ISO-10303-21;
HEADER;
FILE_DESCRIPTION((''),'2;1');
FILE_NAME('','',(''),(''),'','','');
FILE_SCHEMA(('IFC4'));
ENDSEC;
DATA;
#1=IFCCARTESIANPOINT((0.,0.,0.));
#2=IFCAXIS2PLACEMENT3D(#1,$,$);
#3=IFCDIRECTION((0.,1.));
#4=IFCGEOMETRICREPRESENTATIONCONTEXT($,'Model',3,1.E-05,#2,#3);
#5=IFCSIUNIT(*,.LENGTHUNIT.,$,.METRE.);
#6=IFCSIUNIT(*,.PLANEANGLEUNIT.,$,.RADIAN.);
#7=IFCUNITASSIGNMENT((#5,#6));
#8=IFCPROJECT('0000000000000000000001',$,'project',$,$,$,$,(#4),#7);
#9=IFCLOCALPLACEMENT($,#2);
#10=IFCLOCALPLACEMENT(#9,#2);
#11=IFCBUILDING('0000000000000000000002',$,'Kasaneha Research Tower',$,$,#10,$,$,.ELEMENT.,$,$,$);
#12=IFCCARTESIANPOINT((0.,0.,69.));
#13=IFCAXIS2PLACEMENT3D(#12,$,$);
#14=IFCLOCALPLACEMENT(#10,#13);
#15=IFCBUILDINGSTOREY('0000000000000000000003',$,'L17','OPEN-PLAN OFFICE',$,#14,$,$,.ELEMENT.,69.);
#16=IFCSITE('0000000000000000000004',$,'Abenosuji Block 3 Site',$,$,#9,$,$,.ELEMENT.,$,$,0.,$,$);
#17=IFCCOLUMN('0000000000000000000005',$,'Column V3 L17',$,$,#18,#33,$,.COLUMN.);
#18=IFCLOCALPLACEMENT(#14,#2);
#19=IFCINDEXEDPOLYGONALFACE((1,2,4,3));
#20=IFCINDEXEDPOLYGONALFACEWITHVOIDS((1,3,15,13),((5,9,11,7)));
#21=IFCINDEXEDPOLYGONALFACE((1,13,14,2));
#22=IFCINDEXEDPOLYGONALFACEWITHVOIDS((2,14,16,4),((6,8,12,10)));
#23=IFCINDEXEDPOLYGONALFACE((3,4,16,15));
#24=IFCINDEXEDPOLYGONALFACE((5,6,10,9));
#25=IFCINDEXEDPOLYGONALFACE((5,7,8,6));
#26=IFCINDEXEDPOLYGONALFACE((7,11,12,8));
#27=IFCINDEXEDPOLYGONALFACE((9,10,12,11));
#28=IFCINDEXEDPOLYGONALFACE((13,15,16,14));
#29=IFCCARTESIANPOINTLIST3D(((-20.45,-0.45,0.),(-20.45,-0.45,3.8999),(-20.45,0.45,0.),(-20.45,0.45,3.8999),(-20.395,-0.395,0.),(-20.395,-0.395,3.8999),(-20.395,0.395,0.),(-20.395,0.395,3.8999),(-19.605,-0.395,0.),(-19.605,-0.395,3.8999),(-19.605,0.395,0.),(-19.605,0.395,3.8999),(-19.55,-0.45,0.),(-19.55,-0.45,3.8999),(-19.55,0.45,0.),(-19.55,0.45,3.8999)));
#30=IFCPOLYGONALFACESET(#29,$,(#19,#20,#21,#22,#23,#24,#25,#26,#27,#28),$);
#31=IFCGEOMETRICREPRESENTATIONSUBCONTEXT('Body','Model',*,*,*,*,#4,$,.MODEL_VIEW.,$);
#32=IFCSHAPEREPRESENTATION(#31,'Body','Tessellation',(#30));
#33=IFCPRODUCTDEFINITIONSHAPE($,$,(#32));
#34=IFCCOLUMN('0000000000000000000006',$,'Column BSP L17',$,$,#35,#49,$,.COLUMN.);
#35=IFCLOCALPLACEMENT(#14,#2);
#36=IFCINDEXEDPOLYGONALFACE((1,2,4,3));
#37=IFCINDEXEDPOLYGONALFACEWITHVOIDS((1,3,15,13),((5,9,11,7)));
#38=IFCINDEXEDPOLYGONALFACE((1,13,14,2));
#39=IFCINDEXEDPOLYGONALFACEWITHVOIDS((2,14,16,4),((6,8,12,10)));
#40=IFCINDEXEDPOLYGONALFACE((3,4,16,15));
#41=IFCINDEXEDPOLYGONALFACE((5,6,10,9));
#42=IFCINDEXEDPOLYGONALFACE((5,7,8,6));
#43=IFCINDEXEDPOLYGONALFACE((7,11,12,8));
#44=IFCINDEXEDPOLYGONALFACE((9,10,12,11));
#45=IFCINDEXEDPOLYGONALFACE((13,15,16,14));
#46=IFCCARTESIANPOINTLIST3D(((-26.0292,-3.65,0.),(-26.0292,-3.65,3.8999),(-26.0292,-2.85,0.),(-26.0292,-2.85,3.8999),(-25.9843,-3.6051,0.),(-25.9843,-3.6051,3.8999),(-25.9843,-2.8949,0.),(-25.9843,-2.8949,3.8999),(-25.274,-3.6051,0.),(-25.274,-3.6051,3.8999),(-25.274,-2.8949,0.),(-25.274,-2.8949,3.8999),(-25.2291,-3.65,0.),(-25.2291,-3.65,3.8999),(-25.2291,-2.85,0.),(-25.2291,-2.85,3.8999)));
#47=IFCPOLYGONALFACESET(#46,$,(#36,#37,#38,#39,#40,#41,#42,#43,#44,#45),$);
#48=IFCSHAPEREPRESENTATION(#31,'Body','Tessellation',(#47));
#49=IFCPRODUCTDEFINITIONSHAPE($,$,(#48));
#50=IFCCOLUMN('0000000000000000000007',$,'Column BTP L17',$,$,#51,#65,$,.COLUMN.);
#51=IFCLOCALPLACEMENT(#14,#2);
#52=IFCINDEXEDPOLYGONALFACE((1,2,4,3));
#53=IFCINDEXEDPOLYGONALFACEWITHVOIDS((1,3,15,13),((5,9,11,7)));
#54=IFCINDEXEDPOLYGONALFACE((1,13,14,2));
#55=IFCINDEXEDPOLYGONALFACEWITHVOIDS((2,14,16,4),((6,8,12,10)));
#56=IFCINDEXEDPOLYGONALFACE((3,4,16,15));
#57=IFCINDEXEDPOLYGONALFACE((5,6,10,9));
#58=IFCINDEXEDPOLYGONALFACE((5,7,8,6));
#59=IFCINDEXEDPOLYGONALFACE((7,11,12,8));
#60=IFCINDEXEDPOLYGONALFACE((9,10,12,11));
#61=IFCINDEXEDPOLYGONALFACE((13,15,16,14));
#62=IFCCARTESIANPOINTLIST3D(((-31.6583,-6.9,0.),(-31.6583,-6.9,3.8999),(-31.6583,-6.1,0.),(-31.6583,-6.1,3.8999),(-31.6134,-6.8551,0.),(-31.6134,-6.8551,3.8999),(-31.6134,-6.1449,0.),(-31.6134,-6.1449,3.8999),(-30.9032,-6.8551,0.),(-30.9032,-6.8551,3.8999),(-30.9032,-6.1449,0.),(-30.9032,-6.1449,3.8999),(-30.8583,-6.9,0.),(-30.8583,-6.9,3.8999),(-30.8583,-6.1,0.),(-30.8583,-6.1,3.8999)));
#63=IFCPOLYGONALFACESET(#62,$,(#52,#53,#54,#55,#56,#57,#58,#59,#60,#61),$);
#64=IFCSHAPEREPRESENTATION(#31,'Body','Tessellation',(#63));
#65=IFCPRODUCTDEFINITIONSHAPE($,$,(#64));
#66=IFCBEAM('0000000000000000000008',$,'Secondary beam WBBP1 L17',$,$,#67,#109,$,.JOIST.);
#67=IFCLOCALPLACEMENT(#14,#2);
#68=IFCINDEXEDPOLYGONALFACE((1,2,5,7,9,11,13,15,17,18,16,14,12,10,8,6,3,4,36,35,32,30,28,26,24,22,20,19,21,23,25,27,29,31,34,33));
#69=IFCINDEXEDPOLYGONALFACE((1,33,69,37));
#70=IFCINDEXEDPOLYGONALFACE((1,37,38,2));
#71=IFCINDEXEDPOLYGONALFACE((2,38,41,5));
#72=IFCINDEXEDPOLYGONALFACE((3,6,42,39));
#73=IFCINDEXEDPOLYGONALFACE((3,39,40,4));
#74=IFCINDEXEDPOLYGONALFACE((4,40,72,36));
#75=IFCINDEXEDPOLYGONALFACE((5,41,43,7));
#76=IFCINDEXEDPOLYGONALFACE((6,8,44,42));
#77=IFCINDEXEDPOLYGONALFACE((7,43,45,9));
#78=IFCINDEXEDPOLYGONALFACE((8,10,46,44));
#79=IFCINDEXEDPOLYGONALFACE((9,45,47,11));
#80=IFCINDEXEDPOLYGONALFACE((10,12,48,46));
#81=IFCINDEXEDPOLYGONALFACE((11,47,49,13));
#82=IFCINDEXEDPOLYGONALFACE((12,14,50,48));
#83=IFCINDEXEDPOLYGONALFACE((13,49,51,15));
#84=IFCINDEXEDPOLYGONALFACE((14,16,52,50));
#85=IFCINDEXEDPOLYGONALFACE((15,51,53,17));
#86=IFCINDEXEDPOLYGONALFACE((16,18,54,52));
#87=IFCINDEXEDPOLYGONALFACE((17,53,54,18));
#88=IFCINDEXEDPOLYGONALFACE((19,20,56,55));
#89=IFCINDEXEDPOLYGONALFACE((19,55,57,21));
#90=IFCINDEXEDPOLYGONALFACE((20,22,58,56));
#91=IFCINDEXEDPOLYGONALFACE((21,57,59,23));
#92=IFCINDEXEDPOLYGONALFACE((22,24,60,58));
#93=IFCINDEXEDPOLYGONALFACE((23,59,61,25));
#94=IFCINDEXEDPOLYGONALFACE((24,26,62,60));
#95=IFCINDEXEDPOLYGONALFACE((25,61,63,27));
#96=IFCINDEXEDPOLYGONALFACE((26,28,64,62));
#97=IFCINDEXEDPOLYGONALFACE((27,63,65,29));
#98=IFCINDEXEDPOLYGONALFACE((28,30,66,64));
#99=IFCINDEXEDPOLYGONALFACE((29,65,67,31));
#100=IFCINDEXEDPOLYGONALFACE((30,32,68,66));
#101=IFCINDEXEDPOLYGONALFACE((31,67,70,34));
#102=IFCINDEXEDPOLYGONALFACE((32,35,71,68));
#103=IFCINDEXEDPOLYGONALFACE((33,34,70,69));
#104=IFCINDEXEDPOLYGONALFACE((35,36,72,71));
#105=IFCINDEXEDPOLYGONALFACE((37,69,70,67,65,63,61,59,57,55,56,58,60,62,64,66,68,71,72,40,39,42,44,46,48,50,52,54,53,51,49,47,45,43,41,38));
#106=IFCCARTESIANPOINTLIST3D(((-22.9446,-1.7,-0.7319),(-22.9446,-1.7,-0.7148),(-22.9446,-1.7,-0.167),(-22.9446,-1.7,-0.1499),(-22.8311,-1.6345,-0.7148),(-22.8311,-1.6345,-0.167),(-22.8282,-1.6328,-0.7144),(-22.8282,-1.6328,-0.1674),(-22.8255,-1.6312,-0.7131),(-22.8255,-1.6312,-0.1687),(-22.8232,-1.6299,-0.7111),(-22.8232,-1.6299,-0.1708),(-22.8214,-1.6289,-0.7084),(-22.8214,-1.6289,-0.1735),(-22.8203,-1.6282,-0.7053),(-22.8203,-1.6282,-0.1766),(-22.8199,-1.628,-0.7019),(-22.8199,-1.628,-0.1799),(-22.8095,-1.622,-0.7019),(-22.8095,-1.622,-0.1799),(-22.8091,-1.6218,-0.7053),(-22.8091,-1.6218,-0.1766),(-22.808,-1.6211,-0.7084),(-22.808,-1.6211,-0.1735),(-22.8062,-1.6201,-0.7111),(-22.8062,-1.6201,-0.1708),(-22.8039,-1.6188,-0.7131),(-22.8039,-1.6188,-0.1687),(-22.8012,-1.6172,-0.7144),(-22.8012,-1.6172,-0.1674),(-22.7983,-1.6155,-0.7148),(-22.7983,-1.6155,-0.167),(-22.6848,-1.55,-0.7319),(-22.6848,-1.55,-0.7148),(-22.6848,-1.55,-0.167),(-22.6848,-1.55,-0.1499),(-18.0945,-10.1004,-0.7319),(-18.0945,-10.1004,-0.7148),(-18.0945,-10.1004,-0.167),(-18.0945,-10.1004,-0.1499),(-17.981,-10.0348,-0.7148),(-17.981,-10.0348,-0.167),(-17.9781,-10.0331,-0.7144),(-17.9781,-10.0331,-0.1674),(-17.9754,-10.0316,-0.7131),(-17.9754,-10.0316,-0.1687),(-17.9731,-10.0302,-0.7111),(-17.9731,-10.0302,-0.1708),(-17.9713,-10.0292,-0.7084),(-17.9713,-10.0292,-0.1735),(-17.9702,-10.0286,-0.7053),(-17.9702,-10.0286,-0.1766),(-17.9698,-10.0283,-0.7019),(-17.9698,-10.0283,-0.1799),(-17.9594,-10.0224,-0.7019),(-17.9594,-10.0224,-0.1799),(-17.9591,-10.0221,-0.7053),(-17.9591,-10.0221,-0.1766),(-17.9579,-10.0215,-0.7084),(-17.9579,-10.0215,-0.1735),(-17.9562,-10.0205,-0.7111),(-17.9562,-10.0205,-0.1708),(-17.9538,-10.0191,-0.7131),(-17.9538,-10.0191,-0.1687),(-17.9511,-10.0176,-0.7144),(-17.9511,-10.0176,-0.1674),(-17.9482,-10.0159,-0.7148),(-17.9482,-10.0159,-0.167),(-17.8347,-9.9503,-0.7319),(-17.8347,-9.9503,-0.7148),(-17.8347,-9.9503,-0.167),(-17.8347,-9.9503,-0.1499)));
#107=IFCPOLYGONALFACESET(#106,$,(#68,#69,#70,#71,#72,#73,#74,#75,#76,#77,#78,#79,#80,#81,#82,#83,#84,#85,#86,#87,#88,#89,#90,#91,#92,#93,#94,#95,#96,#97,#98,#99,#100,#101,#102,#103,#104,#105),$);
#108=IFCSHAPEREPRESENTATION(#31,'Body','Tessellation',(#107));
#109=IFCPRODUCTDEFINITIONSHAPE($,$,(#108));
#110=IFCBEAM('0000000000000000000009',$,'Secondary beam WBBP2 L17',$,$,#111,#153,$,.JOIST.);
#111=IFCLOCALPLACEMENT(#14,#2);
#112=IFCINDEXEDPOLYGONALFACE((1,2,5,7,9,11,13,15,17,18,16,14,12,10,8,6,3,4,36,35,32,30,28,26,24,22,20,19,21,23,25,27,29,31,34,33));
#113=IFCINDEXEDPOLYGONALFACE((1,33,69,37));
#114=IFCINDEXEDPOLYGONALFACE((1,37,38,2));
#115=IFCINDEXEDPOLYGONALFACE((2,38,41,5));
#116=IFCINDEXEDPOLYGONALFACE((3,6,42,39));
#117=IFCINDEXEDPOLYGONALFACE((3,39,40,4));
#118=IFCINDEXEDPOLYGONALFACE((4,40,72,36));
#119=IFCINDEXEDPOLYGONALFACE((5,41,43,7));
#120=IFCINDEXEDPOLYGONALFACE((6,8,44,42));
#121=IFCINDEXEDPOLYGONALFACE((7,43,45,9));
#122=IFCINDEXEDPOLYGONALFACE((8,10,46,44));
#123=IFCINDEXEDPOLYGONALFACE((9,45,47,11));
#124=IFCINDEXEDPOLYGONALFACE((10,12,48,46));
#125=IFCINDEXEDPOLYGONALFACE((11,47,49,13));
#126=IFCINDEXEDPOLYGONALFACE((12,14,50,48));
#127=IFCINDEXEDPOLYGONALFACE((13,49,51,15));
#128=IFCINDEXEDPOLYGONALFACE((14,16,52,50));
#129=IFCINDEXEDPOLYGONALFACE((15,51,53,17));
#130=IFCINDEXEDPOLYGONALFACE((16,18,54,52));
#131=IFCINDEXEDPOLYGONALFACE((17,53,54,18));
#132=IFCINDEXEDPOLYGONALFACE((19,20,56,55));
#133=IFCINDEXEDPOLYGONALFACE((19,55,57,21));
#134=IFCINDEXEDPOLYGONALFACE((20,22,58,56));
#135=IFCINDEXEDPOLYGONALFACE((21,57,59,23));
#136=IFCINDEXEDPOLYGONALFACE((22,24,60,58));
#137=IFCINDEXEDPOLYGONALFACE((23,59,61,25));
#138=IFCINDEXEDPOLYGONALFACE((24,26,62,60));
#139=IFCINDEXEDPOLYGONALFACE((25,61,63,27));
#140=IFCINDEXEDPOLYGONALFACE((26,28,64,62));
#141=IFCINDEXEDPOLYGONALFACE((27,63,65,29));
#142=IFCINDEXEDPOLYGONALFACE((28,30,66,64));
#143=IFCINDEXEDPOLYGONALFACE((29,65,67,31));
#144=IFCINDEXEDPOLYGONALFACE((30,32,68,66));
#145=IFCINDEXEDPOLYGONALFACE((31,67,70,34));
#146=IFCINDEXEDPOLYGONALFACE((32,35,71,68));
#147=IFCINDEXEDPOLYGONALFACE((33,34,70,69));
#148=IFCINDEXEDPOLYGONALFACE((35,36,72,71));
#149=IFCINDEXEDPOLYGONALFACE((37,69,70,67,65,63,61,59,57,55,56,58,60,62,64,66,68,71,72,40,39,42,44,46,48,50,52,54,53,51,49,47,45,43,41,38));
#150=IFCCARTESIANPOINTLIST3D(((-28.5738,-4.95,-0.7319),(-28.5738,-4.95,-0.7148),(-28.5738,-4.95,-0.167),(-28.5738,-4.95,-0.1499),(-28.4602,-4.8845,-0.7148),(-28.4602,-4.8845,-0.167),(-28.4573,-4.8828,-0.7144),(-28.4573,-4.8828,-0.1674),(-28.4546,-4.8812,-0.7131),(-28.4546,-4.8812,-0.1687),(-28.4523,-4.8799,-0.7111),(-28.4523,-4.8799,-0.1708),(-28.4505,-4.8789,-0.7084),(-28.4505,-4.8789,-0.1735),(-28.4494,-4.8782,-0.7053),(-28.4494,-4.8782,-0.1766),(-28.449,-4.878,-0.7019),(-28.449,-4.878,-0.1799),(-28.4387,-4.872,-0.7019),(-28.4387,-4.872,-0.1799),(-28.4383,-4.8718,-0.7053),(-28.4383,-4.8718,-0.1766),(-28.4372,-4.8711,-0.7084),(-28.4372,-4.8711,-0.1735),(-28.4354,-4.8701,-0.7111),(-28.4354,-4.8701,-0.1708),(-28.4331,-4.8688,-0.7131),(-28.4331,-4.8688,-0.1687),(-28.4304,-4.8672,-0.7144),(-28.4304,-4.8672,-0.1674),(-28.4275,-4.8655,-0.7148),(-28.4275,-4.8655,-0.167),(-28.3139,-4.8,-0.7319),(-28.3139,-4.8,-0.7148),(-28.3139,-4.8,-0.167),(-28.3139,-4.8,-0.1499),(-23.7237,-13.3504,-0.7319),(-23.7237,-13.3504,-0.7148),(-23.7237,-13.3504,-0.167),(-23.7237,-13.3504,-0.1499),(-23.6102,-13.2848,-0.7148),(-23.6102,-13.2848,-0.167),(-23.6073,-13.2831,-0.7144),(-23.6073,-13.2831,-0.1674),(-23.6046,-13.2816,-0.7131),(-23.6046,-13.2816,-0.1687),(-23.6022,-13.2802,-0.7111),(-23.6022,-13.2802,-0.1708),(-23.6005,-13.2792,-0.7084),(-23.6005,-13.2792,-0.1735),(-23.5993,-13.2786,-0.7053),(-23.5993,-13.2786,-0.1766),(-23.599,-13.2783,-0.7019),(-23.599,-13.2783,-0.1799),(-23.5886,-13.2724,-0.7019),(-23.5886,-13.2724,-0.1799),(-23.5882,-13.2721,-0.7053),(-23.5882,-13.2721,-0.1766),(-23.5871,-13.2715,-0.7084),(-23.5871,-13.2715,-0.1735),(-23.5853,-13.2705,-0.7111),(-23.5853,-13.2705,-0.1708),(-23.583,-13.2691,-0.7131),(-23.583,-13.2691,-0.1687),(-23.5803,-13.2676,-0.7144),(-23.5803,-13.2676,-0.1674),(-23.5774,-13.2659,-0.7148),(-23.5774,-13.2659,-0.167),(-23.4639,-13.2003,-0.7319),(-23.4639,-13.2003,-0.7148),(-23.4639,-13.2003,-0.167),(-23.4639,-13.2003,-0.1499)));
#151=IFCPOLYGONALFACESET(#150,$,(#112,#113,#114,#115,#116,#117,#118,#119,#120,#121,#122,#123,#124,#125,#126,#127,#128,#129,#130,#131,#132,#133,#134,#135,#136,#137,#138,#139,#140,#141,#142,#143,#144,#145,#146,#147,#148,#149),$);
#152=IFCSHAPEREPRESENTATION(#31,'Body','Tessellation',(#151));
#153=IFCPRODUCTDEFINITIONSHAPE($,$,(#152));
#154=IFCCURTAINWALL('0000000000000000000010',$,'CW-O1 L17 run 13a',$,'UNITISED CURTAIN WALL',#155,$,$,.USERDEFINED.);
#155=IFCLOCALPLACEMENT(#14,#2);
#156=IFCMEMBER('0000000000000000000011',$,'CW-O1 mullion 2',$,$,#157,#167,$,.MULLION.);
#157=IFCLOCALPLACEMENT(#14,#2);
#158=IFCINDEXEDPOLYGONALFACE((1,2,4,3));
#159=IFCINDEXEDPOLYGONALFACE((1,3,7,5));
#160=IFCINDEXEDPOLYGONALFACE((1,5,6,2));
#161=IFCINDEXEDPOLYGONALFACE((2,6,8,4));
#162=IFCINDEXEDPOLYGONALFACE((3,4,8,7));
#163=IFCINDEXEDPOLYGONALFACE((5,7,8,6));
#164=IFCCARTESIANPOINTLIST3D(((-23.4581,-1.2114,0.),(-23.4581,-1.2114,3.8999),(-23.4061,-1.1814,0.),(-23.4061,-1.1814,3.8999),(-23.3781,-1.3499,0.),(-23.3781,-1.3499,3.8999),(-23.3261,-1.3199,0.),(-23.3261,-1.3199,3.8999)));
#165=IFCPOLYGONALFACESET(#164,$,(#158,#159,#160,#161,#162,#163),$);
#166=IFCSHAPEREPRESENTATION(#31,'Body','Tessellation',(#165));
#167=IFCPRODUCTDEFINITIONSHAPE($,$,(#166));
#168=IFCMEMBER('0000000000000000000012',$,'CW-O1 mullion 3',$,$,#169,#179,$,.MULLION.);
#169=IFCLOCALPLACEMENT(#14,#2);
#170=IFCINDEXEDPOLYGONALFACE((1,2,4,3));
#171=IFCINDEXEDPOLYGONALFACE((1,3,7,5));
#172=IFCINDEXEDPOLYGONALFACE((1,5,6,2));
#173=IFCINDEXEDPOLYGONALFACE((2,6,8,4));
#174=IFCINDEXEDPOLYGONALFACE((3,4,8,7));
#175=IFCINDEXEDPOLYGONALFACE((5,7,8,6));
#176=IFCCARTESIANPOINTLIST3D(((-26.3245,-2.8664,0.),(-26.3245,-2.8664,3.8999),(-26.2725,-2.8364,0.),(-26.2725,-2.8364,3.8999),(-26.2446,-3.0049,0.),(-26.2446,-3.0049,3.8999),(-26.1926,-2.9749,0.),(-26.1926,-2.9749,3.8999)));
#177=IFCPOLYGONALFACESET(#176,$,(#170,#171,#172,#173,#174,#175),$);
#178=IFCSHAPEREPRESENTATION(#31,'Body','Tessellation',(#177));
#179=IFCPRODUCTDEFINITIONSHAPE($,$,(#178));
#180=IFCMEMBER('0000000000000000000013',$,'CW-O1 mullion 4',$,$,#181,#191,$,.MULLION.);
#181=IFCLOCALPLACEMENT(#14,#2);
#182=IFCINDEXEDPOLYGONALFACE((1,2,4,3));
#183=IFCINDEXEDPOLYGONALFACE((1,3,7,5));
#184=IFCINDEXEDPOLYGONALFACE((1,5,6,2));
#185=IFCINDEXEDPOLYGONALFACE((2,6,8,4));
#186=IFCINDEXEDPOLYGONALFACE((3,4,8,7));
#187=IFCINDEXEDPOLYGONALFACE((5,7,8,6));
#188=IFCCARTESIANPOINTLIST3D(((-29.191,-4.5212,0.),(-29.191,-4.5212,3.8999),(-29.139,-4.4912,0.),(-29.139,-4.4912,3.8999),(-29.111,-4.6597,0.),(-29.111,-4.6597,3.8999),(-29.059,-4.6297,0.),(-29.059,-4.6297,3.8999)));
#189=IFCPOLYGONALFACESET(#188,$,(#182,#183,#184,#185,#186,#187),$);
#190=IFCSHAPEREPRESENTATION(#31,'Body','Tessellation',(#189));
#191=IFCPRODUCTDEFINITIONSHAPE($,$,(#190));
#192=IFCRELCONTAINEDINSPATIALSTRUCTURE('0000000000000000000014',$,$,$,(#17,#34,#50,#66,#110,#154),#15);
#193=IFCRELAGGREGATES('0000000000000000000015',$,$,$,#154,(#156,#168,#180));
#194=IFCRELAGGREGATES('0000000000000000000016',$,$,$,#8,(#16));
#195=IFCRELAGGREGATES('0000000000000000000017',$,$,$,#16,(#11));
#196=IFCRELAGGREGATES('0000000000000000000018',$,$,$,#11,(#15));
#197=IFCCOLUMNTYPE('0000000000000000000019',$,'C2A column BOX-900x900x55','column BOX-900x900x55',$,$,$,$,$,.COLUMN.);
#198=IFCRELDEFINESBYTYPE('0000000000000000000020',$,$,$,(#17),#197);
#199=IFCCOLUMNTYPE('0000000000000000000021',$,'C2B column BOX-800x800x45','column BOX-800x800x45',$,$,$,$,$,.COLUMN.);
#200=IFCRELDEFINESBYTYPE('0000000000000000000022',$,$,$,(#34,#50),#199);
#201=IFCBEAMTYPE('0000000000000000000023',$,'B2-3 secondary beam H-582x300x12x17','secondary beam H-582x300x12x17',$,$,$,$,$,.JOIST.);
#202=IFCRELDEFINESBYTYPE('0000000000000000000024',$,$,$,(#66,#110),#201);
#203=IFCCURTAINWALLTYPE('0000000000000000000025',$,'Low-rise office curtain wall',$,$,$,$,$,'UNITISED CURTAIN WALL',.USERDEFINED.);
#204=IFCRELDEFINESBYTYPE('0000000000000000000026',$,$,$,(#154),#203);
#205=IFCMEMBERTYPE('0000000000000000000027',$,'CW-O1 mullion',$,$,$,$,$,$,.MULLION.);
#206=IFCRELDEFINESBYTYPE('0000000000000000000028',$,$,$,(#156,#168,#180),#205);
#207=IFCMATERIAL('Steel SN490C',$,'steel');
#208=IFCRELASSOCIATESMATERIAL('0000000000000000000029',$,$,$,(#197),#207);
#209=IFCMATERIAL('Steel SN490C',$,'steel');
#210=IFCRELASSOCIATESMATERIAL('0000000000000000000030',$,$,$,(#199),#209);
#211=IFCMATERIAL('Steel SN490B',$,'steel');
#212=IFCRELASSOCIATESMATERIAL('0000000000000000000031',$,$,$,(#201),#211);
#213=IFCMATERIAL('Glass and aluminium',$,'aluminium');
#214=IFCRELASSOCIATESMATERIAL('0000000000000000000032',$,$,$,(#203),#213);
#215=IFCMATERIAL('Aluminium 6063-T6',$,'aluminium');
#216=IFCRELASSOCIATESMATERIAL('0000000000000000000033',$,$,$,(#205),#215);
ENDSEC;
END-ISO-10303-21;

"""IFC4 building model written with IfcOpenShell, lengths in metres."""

from ifc_helpers import new_model, si_unit, direction, frame, origin, origin_2d, place, context, subcontext, project, spatial, rectangle, hollow_rectangle, i_section, extrude, material, material_profile, profile_set, type_object, element, aggregate, save


model = new_model("IFC4")

# Units and contexts
model_context = context("Model", 3, precision=1e-05, world=origin(), true_north=direction((0.0, 1.0)))
body_context = subcontext(model_context, "Body", "Model", "MODEL_VIEW")
ifc_project = project(units=[si_unit("LENGTHUNIT", "METRE"), si_unit("PLANEANGLEUNIT", "RADIAN")], contexts=[model_context])

# Site, building, storey
site_placement = place(None, origin())
site = spatial("IfcSite", under=ifc_project, at=site_placement, Name="Abenosuji Block 3 Site", CompositionType="ELEMENT", RefElevation=0.0)
building_placement = place(site_placement, origin())
building = spatial("IfcBuilding", under=site, at=building_placement, Name="Kasaneha Research Tower", CompositionType="ELEMENT")
storey_placement = place(building_placement, frame((0.0, 0.0, 69.0)))
storey = spatial("IfcBuildingStorey", under=building, at=storey_placement, Name="L17", Description="OPEN-PLAN OFFICE", CompositionType="ELEMENT", Elevation=69.0)

# Columns
ifc_material_1 = material(Name="Steel SN490C", Category="steel")
ifc_material_profile_1 = material_profile(ifc_material_1, hollow_rectangle(XDim=0.8999, YDim=0.8999, WallThickness=0.0549, at=origin_2d()), Name="BOX-900x900x55")
ifc_profile_set_1 = profile_set([ifc_material_profile_1], Name="Steel SN490C")
column_type_1 = type_object("IfcColumnType", Name="C2A column BOX-900x900x55", Description="column BOX-900x900x55", PredefinedType="COLUMN", material=ifc_profile_set_1)
column_placement = place(storey_placement, frame((-20.0, 0.0, 0.0), z_axis=(0.0, 0.0, 1.0), x_axis=(1.0, 0.0, 0.0)))
element("IfcColumn", 1, at=column_placement, inside=storey, type_object=column_type_1, Name="Column V3 L17", PredefinedType="COLUMN", context=body_context, shape_type="SweptSolid", body=[
    extrude(hollow_rectangle(XDim=0.8999, YDim=0.8999, WallThickness=0.0549, at=origin_2d()), origin(), (0.0, 0.0, 1.0), 3.8999),
])
ifc_material_2 = material(Name="Steel SN490C", Category="steel")
ifc_material_profile_2 = material_profile(ifc_material_2, hollow_rectangle(XDim=0.8, YDim=0.8, WallThickness=0.0449, at=origin_2d()), Name="BOX-800x800x45")
ifc_profile_set_2 = profile_set([ifc_material_profile_2], Name="Steel SN490C")
column_type_2 = type_object("IfcColumnType", Name="C2B column BOX-800x800x45", Description="column BOX-800x800x45", PredefinedType="COLUMN", material=ifc_profile_set_2)
for number, where, z_axis, x_axis, name in (
    (2, (-25.6292, -3.25, 0.0), (0.0, 0.0, 1.0), (1.0, 0.0, 0.0), "Column BSP L17"),
    (3, (-31.2583, -6.5, 0.0), (0.0, 0.0, 1.0), (1.0, 0.0, 0.0), "Column BTP L17"),
):
    element("IfcColumn", number, at=place(storey_placement, frame(where, z_axis=z_axis, x_axis=x_axis)), inside=storey, type_object=column_type_2, Name=name, PredefinedType="COLUMN", context=body_context, shape_type="SweptSolid", body=[
        extrude(hollow_rectangle(XDim=0.8, YDim=0.8, WallThickness=0.0449, at=origin_2d()), origin(), (0.0, 0.0, 1.0), 3.8999),
    ])

# Beams
ifc_material_3 = material(Name="Steel SN490B", Category="steel")
ifc_material_profile_3 = material_profile(ifc_material_3, i_section(OverallWidth=0.3, OverallDepth=0.582, WebThickness=0.012, FlangeThickness=0.0171, FilletRadius=0.0129, at=origin_2d()), Name="H-582x300x12x17")
ifc_profile_set_3 = profile_set([ifc_material_profile_3], Name="Steel SN490B")
beam_type_1 = type_object("IfcBeamType", Name="B2-3 secondary beam H-582x300x12x17", Description="secondary beam H-582x300x12x17", PredefinedType="JOIST", material=ifc_profile_set_3)
for number, where, z_axis, x_axis, name in (
    (4, (-22.8147, -1.625, -0.4409), (0.50001, -0.86602, 0.0), (0.86602, 0.50001, 0.0), "Secondary beam WBBP1 L17"),
    (5, (-28.4438, -4.875, -0.4409), (0.50001, -0.86602, 0.0), (0.86602, 0.50001, 0.0), "Secondary beam WBBP2 L17"),
):
    element("IfcBeam", number, at=place(storey_placement, frame(where, z_axis=z_axis, x_axis=x_axis)), inside=storey, type_object=beam_type_1, Name=name, PredefinedType="JOIST", context=body_context, shape_type="SweptSolid", body=[
        extrude(i_section(OverallWidth=0.3, OverallDepth=0.582, WebThickness=0.012, FlangeThickness=0.0171, FilletRadius=0.0129, at=origin_2d()), origin(), (0.0, 0.0, 1.0), 9.7),
    ])

# Curtain wall, members
ifc_material_4 = material(Name="Glass and aluminium", Category="aluminium")
curtain_wall_type = type_object("IfcCurtainWallType", Name="Low-rise office curtain wall", ElementType="UNITISED CURTAIN WALL", PredefinedType="USERDEFINED", material=ifc_material_4)
curtain_wall_1_placement = place(storey_placement, origin())
curtain_wall_1 = element("IfcCurtainWall", 6, at=curtain_wall_1_placement, inside=storey, type_object=curtain_wall_type, Name="CW-O1 L17 run 13a", ObjectType="UNITISED CURTAIN WALL", PredefinedType="USERDEFINED")
ifc_material_5 = material(Name="Aluminium 6063-T6", Category="aluminium")
ifc_material_profile_4 = material_profile(ifc_material_5, rectangle(XDim=0.0601, YDim=0.1599, at=origin_2d()), Name="CW-O1 mullion 60x160")
ifc_profile_set_4 = profile_set([ifc_material_profile_4], Name="Aluminium 6063-T6")
member_type_1 = type_object("IfcMemberType", Name="CW-O1 mullion", PredefinedType="MULLION", material=ifc_profile_set_4)
member_1_placement = place(storey_placement, frame((-23.3921, -1.2656, 0.0), z_axis=(0.0, 0.0, 1.0), x_axis=(-0.866025, -0.5, 0.0)))
member_1 = element("IfcMember", 7, at=member_1_placement, type_object=member_type_1, Name="CW-O1 mullion 2", PredefinedType="MULLION", context=body_context, shape_type="SweptSolid", body=[
    extrude(rectangle(XDim=0.0601, YDim=0.1599, at=origin_2d()), origin(), (0.0, 0.0, 1.0), 3.8999),
])
member_2_placement = place(storey_placement, frame((-26.2585, -2.9207, 0.0), z_axis=(0.0, 0.0, 1.0), x_axis=(-0.866025, -0.5, 0.0)))
member_2 = element("IfcMember", 8, at=member_2_placement, type_object=member_type_1, Name="CW-O1 mullion 3", PredefinedType="MULLION", context=body_context, shape_type="SweptSolid", body=[
    extrude(rectangle(XDim=0.0601, YDim=0.1599, at=origin_2d()), origin(), (0.0, 0.0, 1.0), 3.8999),
])
member_3_placement = place(storey_placement, frame((-29.125, -4.5754, 0.0), z_axis=(0.0, 0.0, 1.0), x_axis=(-0.866025, -0.5, 0.0)))
member_3 = element("IfcMember", 9, at=member_3_placement, type_object=member_type_1, Name="CW-O1 mullion 4", PredefinedType="MULLION", context=body_context, shape_type="SweptSolid", body=[
    extrude(rectangle(XDim=0.0601, YDim=0.1599, at=origin_2d()), origin(), (0.0, 0.0, 1.0), 3.8999),
])

aggregate(curtain_wall_1, [member_1, member_2, member_3])

save(model, "model.ifc")
